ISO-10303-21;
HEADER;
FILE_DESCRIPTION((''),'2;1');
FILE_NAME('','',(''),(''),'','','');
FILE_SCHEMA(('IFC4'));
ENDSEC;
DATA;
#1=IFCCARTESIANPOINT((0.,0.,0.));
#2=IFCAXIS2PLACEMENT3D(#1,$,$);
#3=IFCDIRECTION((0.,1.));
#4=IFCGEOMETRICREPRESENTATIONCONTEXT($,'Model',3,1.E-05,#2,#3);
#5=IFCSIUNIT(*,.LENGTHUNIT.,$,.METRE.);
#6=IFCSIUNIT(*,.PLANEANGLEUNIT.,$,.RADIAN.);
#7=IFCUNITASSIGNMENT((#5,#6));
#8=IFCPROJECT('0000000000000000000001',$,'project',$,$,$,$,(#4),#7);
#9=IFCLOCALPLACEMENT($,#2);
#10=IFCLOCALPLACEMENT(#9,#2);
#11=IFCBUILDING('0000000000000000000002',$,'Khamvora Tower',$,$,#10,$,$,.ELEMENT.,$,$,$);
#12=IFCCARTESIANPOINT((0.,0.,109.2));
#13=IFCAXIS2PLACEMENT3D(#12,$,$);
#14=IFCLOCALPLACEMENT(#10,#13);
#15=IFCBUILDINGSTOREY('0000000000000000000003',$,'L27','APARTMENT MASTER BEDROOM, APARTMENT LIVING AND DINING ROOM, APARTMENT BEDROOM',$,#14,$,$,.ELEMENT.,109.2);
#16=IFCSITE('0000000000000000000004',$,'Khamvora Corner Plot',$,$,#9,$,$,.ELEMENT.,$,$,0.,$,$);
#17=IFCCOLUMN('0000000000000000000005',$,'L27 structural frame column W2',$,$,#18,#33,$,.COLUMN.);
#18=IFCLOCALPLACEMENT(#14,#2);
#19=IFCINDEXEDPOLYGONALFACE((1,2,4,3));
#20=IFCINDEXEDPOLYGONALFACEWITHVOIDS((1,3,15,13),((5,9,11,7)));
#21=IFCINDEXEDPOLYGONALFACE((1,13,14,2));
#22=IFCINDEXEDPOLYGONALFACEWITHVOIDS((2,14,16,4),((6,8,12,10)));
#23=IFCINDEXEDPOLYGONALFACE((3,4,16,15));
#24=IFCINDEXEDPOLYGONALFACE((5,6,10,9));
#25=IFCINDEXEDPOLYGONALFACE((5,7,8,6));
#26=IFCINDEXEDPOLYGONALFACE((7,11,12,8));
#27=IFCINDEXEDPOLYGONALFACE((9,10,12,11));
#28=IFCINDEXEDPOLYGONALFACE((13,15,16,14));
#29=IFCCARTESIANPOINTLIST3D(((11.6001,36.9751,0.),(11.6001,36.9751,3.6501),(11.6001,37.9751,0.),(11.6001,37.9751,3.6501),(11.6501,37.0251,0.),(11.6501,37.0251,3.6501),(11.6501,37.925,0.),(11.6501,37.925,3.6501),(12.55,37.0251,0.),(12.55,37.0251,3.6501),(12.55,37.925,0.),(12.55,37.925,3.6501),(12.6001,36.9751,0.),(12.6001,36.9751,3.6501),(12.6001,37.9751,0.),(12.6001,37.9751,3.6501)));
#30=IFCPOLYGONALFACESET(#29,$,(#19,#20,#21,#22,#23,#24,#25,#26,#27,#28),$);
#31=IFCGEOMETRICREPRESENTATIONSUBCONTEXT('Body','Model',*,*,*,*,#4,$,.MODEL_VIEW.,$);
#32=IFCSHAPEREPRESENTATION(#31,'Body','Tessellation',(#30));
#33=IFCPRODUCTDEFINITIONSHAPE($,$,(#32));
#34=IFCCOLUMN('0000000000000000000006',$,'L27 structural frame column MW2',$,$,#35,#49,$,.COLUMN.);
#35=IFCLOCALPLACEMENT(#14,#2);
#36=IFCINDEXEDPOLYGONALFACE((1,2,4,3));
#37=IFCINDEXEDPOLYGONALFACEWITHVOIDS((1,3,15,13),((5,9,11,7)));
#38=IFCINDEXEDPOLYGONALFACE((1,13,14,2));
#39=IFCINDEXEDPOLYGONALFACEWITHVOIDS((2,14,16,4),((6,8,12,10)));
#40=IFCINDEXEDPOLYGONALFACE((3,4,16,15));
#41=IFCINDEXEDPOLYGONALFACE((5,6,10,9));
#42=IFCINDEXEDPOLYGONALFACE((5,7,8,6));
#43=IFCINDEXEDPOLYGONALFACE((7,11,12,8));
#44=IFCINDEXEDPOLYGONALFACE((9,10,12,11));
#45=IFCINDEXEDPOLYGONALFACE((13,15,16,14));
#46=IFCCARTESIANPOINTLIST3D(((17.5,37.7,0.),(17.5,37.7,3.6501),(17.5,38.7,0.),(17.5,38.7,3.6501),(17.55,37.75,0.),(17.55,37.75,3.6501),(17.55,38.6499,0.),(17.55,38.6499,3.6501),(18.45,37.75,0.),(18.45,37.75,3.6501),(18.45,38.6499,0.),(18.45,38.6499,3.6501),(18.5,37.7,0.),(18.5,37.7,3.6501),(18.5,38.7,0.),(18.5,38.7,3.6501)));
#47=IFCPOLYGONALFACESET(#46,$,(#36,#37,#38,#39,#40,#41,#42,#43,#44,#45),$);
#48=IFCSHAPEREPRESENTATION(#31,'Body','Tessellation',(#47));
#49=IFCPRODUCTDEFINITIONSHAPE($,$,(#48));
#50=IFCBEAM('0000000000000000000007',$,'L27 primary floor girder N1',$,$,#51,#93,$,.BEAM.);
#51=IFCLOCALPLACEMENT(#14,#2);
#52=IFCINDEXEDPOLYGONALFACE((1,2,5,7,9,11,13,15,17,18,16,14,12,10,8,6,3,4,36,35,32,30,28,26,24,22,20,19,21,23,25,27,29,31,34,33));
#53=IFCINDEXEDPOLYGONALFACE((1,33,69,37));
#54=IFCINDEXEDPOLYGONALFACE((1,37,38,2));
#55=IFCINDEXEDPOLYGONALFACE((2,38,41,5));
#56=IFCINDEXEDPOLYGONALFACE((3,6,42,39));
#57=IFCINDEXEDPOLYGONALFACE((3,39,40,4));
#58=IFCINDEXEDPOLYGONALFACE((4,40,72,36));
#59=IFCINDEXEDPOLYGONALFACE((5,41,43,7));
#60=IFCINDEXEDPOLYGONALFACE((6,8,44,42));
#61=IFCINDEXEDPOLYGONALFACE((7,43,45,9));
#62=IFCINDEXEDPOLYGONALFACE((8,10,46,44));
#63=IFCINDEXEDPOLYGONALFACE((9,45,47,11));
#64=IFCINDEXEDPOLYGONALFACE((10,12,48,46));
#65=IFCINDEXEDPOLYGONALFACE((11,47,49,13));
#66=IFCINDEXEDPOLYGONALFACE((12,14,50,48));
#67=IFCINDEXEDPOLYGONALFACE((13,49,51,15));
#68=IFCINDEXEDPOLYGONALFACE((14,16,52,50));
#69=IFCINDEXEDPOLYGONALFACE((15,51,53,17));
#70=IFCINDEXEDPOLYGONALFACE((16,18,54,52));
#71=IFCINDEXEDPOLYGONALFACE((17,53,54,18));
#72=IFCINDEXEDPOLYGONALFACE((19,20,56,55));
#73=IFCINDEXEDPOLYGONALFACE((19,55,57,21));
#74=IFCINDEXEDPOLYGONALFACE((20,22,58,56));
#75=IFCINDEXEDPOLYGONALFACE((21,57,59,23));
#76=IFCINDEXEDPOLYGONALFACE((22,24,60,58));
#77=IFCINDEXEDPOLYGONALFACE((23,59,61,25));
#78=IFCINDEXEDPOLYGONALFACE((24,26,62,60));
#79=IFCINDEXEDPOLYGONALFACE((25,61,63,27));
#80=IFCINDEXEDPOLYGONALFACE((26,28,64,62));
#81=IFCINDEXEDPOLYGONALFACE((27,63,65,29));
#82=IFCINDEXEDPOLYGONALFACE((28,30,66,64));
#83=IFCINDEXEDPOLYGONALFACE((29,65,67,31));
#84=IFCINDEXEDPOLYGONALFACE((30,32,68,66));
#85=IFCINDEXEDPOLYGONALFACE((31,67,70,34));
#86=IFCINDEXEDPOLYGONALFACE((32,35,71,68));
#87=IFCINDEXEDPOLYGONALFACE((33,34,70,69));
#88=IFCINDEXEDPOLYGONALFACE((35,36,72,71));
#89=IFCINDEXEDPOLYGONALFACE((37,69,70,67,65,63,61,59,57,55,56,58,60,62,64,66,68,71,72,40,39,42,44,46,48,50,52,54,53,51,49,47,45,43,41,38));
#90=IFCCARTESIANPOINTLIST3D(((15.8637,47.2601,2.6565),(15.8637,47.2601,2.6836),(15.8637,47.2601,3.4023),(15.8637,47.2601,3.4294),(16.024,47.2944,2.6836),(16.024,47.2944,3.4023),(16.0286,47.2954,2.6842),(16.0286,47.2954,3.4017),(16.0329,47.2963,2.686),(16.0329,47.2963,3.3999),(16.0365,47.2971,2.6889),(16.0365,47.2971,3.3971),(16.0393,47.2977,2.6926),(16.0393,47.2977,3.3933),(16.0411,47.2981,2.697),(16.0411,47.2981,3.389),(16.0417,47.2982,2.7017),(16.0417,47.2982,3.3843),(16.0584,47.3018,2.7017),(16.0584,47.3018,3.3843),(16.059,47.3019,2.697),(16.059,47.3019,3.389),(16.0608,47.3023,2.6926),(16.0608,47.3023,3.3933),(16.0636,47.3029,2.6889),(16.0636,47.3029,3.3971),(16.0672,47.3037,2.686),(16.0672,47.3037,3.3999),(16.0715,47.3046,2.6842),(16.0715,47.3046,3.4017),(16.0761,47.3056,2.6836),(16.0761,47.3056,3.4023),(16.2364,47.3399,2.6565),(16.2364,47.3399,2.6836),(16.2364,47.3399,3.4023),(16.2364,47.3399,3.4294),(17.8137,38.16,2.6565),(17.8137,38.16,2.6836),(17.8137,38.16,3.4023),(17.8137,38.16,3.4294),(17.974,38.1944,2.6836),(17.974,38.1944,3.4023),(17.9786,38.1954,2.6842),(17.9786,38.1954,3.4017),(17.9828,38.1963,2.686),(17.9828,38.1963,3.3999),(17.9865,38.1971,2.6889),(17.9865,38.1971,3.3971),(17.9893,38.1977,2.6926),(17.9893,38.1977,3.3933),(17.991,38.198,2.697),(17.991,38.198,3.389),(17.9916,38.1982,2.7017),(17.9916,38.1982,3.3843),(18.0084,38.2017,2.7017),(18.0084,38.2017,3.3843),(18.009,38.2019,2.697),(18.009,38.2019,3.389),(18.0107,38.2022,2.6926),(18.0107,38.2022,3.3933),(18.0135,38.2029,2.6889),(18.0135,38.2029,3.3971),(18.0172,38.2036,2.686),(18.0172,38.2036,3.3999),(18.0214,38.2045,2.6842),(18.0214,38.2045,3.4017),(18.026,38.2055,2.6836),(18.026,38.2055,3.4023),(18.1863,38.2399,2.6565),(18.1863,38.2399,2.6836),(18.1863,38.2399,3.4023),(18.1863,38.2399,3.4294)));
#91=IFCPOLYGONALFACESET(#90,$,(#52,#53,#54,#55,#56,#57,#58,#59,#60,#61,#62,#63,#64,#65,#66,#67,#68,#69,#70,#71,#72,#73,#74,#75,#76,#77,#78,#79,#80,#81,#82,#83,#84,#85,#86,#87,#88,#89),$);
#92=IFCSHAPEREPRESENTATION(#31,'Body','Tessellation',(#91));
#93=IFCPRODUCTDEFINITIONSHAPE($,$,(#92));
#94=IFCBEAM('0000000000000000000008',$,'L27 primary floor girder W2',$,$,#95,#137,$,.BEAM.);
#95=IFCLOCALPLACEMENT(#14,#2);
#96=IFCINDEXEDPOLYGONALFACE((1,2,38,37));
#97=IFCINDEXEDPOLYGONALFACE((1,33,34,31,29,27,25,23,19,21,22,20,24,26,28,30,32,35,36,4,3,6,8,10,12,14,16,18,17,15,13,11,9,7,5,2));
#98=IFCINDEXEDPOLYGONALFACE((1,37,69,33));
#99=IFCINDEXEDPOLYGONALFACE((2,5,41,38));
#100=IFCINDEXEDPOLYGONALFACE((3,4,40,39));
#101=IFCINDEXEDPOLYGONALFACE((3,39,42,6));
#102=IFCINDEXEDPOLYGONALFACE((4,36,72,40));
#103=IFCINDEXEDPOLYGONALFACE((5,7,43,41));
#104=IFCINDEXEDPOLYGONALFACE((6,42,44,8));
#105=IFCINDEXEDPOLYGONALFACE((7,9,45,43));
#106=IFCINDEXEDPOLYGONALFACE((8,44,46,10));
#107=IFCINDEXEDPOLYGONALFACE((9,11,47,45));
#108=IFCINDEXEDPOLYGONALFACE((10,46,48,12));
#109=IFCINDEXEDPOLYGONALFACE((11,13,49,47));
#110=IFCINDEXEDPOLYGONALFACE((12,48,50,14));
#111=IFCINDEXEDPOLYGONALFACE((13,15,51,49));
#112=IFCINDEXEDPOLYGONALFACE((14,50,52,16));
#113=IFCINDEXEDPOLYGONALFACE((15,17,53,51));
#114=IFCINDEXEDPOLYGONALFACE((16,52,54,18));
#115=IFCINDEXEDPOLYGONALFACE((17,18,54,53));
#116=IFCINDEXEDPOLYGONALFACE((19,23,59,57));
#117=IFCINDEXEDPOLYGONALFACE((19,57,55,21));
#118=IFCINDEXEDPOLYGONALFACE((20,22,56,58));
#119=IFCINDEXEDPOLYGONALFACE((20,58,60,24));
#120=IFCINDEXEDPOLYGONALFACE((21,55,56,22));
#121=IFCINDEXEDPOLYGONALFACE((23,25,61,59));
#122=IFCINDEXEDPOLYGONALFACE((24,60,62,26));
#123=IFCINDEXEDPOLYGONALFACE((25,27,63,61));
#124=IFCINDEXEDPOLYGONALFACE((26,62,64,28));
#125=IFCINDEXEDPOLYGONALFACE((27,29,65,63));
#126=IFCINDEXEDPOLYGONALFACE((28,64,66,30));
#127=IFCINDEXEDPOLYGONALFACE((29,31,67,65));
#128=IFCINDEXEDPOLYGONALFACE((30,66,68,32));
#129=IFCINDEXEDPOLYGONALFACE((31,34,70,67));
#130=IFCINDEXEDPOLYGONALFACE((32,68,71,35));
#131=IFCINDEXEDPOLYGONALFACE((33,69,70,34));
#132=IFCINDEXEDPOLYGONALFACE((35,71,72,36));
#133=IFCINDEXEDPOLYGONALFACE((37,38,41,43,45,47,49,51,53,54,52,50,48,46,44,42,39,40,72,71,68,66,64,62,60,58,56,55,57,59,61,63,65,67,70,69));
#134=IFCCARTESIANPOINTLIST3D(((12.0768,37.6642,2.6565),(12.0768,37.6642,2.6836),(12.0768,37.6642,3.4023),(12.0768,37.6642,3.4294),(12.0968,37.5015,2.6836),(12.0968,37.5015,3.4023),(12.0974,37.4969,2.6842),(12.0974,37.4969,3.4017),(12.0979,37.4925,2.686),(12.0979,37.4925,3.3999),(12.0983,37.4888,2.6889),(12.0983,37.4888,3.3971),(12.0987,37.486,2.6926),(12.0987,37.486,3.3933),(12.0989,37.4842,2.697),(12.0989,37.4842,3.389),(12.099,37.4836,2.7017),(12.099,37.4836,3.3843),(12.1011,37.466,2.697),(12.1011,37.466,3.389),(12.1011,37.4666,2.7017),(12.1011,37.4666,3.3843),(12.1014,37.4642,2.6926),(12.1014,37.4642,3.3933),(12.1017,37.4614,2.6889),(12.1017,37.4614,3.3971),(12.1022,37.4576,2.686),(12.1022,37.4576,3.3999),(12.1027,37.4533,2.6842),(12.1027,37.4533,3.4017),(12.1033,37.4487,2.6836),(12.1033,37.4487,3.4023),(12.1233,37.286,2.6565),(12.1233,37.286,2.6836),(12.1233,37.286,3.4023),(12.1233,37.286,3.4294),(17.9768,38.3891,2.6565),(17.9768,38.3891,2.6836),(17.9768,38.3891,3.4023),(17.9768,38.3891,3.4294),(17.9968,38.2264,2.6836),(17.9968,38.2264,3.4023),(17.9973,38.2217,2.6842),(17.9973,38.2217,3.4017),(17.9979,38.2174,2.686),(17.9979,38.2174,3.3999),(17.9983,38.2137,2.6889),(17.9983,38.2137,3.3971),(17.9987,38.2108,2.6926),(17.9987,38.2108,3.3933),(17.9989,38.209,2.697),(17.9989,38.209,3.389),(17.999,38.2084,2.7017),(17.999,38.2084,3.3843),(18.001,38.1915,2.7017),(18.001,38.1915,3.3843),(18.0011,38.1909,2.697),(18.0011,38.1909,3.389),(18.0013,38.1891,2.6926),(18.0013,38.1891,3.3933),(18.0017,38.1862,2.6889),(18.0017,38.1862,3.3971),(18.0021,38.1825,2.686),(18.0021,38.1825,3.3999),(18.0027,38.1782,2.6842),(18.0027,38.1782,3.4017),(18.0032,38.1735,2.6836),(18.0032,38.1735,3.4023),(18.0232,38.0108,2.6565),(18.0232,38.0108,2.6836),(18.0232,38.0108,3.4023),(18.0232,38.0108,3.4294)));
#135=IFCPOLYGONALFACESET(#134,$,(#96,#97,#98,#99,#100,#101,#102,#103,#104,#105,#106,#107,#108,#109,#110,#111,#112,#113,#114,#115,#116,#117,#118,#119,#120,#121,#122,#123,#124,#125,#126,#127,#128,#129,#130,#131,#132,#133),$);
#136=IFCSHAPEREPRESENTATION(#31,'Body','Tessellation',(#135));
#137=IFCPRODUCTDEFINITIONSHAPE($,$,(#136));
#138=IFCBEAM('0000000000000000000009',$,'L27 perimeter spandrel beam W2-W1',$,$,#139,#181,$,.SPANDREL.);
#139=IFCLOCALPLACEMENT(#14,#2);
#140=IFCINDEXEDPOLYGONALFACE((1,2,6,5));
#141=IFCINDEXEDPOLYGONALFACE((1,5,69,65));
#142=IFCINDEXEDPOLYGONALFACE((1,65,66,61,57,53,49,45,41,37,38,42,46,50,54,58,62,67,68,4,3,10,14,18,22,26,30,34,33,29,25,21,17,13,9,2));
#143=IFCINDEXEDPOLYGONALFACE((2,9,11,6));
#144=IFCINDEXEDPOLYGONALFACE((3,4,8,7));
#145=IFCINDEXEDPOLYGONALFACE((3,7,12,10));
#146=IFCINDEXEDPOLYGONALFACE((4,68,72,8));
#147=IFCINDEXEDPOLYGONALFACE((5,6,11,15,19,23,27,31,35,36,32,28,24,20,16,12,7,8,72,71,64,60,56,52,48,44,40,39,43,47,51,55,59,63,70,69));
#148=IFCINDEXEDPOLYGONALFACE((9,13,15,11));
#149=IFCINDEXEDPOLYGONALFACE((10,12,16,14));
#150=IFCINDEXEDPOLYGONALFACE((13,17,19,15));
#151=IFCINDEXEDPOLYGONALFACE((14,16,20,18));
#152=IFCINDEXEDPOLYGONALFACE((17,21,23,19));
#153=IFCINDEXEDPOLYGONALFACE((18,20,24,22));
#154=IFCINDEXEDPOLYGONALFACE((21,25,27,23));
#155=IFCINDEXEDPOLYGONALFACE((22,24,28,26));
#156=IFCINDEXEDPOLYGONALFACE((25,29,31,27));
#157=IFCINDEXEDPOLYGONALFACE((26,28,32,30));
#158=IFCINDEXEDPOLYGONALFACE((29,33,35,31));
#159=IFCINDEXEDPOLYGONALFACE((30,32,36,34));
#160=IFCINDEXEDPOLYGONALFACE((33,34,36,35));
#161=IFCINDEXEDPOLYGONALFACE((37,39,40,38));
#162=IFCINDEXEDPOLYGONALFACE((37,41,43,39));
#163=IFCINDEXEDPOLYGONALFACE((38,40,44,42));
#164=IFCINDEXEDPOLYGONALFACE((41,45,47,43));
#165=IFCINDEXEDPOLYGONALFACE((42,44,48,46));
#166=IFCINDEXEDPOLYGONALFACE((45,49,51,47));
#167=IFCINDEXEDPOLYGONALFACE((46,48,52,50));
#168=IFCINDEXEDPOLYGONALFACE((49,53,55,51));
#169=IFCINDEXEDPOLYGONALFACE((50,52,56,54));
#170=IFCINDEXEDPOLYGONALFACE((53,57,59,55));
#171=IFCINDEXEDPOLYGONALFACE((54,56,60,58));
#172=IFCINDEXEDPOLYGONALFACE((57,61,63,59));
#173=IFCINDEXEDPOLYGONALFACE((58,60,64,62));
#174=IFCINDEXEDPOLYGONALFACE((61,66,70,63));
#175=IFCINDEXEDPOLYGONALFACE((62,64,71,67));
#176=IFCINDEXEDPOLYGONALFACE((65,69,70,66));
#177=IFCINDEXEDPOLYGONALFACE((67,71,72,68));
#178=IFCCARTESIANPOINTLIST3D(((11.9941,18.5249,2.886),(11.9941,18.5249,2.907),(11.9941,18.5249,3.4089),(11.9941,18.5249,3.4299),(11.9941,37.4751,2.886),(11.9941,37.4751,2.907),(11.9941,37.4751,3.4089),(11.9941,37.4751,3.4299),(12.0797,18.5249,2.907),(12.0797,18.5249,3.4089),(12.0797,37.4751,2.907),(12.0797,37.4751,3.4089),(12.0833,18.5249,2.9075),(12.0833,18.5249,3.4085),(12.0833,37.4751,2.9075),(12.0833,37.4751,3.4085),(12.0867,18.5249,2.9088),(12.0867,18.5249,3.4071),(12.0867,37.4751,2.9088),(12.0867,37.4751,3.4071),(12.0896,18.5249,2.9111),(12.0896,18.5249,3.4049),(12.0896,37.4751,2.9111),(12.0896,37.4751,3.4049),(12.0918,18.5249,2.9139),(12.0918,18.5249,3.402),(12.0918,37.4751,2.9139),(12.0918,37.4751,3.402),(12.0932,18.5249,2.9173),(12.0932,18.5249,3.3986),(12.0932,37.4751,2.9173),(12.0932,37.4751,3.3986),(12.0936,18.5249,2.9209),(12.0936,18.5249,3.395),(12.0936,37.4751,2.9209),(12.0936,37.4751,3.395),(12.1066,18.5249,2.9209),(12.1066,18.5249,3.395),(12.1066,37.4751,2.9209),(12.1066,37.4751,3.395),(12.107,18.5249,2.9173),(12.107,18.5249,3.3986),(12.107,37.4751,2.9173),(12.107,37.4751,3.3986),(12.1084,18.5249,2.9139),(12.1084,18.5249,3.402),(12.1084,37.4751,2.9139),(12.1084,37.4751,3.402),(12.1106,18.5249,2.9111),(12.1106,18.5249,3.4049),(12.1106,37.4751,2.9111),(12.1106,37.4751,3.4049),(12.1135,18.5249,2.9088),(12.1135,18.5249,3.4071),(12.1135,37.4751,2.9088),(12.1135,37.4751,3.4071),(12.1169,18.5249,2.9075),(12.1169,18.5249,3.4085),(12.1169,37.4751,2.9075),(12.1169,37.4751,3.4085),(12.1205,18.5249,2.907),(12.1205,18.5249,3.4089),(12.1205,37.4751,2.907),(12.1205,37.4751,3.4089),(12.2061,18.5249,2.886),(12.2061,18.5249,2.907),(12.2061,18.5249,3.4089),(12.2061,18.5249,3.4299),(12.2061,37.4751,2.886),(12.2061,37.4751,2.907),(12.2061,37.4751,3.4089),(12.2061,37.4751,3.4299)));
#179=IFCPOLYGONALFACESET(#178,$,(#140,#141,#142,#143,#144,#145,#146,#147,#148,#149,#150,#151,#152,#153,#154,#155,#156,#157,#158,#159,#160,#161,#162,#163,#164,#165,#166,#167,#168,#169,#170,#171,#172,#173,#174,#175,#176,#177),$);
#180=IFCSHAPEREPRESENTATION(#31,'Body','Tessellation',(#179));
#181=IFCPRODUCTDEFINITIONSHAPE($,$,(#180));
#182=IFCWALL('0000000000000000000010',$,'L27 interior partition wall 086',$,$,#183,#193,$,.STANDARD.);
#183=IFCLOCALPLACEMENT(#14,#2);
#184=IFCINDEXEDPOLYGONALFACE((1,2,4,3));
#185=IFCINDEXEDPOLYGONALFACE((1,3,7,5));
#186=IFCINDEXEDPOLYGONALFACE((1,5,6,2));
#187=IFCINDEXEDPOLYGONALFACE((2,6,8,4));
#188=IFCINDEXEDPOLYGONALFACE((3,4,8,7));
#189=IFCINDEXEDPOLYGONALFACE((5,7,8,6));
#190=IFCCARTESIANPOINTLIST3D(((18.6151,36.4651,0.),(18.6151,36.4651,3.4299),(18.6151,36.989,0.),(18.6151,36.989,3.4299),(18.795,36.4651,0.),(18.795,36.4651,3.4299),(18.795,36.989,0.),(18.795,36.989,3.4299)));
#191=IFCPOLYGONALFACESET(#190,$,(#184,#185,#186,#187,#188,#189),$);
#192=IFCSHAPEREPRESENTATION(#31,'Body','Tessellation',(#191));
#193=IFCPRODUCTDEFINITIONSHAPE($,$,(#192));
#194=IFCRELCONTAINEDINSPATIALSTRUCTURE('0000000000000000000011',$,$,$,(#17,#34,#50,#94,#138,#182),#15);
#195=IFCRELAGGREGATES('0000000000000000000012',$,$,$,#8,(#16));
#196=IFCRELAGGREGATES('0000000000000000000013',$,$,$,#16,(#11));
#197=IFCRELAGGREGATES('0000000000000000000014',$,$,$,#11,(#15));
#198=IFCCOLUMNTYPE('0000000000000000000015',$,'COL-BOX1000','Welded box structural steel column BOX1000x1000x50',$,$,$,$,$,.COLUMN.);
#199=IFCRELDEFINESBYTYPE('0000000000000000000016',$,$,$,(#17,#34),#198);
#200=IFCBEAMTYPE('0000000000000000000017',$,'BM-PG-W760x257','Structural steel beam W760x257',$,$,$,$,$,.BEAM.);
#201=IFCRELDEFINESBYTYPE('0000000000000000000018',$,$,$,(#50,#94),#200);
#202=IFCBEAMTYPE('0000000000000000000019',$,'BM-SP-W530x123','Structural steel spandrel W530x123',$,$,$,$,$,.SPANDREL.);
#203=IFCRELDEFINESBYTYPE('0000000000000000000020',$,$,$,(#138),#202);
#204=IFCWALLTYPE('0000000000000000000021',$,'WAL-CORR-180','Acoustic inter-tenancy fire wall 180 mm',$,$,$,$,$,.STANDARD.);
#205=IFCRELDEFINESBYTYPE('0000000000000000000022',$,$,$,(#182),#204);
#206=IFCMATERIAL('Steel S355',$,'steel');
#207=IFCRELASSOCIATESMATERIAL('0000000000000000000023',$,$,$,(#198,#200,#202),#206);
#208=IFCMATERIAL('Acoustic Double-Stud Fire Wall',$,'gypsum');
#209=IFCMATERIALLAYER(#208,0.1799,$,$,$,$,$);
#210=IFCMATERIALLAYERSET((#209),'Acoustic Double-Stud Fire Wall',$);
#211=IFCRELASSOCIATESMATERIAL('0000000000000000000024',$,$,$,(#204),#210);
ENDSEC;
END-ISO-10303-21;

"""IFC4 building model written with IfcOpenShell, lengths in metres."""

from ifc_helpers import new_model, si_unit, direction, frame, frame_2d, origin, origin_2d, place, context, subcontext, project, spatial, rectangle, hollow_rectangle, i_section, extrude, material, layer, layer_set, material_profile, profile_set, type_object, element, save


model = new_model("IFC4")

# Units and contexts
model_context = context("Model", 3, precision=1e-05, world=origin(), true_north=direction((0.0, 1.0)))
body_context = subcontext(model_context, "Body", "Model", "MODEL_VIEW")
ifc_project = project(units=[si_unit("LENGTHUNIT", "METRE"), si_unit("PLANEANGLEUNIT", "RADIAN")], contexts=[model_context])

# Site, building, storey
site_placement = place(None, origin())
site = spatial("IfcSite", under=ifc_project, at=site_placement, Name="Khamvora Corner Plot", CompositionType="ELEMENT", RefElevation=0.0)
building_placement = place(site_placement, origin())
building = spatial("IfcBuilding", under=site, at=building_placement, Name="Khamvora Tower", CompositionType="ELEMENT")
storey_placement = place(building_placement, frame((0.0, 0.0, 109.2)))
storey = spatial("IfcBuildingStorey", under=building, at=storey_placement, Name="L27", Description="APARTMENT MASTER BEDROOM, APARTMENT LIVING AND DINING ROOM, APARTMENT BEDROOM", CompositionType="ELEMENT", Elevation=109.2)

# Columns
ifc_material_1 = material(Name="Steel S355", Category="steel")
ifc_material_profile_1 = material_profile(ifc_material_1, hollow_rectangle(XDim=1.0, YDim=1.0, WallThickness=0.05, at=origin_2d()), Name="BOX1000x1000x50")
ifc_profile_set_1 = profile_set([ifc_material_profile_1], Name="Steel S355")
column_type = type_object("IfcColumnType", Name="COL-BOX1000", Description="Welded box structural steel column BOX1000x1000x50", PredefinedType="COLUMN", material=ifc_profile_set_1)
for number, where, z_axis, x_axis, name in (
    (1, (12.1001, 37.4751, 0.0), (0.0, 0.0, 1.0), (1.0, 0.0, 0.0), "L27 structural frame column W2"),
    (2, (18.0, 38.2, 0.0), (0.0, 0.0, 1.0), (1.0, 0.0, 0.0), "L27 structural frame column MW2"),
):
    element("IfcColumn", number, at=place(storey_placement, frame(where, z_axis=z_axis, x_axis=x_axis)), inside=storey, type_object=column_type, Name=name, PredefinedType="COLUMN", context=body_context, shape_type="SweptSolid", body=[
        extrude(hollow_rectangle(XDim=1.0, YDim=1.0, WallThickness=0.05, at=origin_2d()), origin(), (0.0, 0.0, 1.0), 3.6501),
    ])

# Beams
ifc_material_profile_2 = material_profile(ifc_material_1, i_section(OverallWidth=0.3811, OverallDepth=0.7729, WebThickness=0.0171, FlangeThickness=0.0271, FilletRadius=0.0181, at=origin_2d()), Name="W760x257")
ifc_profile_set_2 = profile_set([ifc_material_profile_2], Name="Steel S355")
beam_type_1 = type_object("IfcBeamType", Name="BM-PG-W760x257", Description="Structural steel beam W760x257", PredefinedType="BEAM", material=ifc_profile_set_2)
beam_1_placement = place(storey_placement, frame((18.0, 38.2, 3.043), z_axis=(-0.209522, 0.977804, 0.0), x_axis=(-0.977804, -0.209522, 0.0)))
element("IfcBeam", 3, at=beam_1_placement, inside=storey, type_object=beam_type_1, Name="L27 primary floor girder N1", PredefinedType="BEAM", context=body_context, shape_type="SweptSolid", body=[
    extrude(i_section(OverallWidth=0.3811, OverallDepth=0.7729, WebThickness=0.0171, FlangeThickness=0.0271, FilletRadius=0.0181, at=origin_2d()), origin(), (0.0, 0.0, 1.0), 9.3066),
])
beam_2_placement = place(storey_placement, frame((18.0, 38.2, 3.043), z_axis=(-0.992537, -0.121942, 0.0), x_axis=(0.121942, -0.992537, 0.0)))
element("IfcBeam", 4, at=beam_2_placement, inside=storey, type_object=beam_type_1, Name="L27 primary floor girder W2", PredefinedType="BEAM", context=body_context, shape_type="SweptSolid", body=[
    extrude(i_section(OverallWidth=0.3811, OverallDepth=0.7729, WebThickness=0.0171, FlangeThickness=0.0271, FilletRadius=0.0181, at=origin_2d()), origin(), (0.0, 0.0, 1.0), 5.9443),
])
ifc_material_profile_3 = material_profile(ifc_material_1, i_section(OverallWidth=0.2119, OverallDepth=0.5439, WebThickness=0.0129, FlangeThickness=0.021, FilletRadius=0.0139, at=origin_2d()), Name="W530x123")
ifc_profile_set_3 = profile_set([ifc_material_profile_3], Name="Steel S355")
beam_type_2 = type_object("IfcBeamType", Name="BM-SP-W530x123", Description="Structural steel spandrel W530x123", PredefinedType="SPANDREL", material=ifc_profile_set_3)
beam_3_placement = place(storey_placement, frame((12.1001, 37.4751, 3.158), z_axis=(0.0, -1.0, 0.0), x_axis=(1.0, 0.0, 0.0)))
element("IfcBeam", 5, at=beam_3_placement, inside=storey, type_object=beam_type_2, Name="L27 perimeter spandrel beam W2-W1", PredefinedType="SPANDREL", context=body_context, shape_type="SweptSolid", body=[
    extrude(i_section(OverallWidth=0.2119, OverallDepth=0.5439, WebThickness=0.0129, FlangeThickness=0.021, FilletRadius=0.0139, at=origin_2d()), origin(), (0.0, 0.0, 1.0), 18.9502),
])

# Wall
ifc_material_2 = material(Name="Acoustic Double-Stud Fire Wall", Category="gypsum")
ifc_layer_1 = layer(ifc_material_2, 0.1799)
ifc_layer_set_1 = layer_set([ifc_layer_1], Name="Acoustic Double-Stud Fire Wall")
wall_type_1 = type_object("IfcWallType", Name="WAL-CORR-180", Description="Acoustic inter-tenancy fire wall 180 mm", PredefinedType="STANDARD", material=ifc_layer_set_1)
wall_1_placement = place(storey_placement, frame((18.7051, 36.989, 0.0), z_axis=(0.0, 0.0, 1.0), x_axis=(0.0, -1.0, 0.0)))
element("IfcWall", 6, at=wall_1_placement, inside=storey, type_object=wall_type_1, Name="L27 interior partition wall 086", PredefinedType="STANDARD", context=body_context, shape_type="SweptSolid", body=[
    extrude(rectangle(XDim=0.5239, YDim=0.1799, at=frame_2d((0.262, 0.0))), origin(), (0.0, 0.0, 1.0), 3.4299),
])

save(model, "model.ifc")
